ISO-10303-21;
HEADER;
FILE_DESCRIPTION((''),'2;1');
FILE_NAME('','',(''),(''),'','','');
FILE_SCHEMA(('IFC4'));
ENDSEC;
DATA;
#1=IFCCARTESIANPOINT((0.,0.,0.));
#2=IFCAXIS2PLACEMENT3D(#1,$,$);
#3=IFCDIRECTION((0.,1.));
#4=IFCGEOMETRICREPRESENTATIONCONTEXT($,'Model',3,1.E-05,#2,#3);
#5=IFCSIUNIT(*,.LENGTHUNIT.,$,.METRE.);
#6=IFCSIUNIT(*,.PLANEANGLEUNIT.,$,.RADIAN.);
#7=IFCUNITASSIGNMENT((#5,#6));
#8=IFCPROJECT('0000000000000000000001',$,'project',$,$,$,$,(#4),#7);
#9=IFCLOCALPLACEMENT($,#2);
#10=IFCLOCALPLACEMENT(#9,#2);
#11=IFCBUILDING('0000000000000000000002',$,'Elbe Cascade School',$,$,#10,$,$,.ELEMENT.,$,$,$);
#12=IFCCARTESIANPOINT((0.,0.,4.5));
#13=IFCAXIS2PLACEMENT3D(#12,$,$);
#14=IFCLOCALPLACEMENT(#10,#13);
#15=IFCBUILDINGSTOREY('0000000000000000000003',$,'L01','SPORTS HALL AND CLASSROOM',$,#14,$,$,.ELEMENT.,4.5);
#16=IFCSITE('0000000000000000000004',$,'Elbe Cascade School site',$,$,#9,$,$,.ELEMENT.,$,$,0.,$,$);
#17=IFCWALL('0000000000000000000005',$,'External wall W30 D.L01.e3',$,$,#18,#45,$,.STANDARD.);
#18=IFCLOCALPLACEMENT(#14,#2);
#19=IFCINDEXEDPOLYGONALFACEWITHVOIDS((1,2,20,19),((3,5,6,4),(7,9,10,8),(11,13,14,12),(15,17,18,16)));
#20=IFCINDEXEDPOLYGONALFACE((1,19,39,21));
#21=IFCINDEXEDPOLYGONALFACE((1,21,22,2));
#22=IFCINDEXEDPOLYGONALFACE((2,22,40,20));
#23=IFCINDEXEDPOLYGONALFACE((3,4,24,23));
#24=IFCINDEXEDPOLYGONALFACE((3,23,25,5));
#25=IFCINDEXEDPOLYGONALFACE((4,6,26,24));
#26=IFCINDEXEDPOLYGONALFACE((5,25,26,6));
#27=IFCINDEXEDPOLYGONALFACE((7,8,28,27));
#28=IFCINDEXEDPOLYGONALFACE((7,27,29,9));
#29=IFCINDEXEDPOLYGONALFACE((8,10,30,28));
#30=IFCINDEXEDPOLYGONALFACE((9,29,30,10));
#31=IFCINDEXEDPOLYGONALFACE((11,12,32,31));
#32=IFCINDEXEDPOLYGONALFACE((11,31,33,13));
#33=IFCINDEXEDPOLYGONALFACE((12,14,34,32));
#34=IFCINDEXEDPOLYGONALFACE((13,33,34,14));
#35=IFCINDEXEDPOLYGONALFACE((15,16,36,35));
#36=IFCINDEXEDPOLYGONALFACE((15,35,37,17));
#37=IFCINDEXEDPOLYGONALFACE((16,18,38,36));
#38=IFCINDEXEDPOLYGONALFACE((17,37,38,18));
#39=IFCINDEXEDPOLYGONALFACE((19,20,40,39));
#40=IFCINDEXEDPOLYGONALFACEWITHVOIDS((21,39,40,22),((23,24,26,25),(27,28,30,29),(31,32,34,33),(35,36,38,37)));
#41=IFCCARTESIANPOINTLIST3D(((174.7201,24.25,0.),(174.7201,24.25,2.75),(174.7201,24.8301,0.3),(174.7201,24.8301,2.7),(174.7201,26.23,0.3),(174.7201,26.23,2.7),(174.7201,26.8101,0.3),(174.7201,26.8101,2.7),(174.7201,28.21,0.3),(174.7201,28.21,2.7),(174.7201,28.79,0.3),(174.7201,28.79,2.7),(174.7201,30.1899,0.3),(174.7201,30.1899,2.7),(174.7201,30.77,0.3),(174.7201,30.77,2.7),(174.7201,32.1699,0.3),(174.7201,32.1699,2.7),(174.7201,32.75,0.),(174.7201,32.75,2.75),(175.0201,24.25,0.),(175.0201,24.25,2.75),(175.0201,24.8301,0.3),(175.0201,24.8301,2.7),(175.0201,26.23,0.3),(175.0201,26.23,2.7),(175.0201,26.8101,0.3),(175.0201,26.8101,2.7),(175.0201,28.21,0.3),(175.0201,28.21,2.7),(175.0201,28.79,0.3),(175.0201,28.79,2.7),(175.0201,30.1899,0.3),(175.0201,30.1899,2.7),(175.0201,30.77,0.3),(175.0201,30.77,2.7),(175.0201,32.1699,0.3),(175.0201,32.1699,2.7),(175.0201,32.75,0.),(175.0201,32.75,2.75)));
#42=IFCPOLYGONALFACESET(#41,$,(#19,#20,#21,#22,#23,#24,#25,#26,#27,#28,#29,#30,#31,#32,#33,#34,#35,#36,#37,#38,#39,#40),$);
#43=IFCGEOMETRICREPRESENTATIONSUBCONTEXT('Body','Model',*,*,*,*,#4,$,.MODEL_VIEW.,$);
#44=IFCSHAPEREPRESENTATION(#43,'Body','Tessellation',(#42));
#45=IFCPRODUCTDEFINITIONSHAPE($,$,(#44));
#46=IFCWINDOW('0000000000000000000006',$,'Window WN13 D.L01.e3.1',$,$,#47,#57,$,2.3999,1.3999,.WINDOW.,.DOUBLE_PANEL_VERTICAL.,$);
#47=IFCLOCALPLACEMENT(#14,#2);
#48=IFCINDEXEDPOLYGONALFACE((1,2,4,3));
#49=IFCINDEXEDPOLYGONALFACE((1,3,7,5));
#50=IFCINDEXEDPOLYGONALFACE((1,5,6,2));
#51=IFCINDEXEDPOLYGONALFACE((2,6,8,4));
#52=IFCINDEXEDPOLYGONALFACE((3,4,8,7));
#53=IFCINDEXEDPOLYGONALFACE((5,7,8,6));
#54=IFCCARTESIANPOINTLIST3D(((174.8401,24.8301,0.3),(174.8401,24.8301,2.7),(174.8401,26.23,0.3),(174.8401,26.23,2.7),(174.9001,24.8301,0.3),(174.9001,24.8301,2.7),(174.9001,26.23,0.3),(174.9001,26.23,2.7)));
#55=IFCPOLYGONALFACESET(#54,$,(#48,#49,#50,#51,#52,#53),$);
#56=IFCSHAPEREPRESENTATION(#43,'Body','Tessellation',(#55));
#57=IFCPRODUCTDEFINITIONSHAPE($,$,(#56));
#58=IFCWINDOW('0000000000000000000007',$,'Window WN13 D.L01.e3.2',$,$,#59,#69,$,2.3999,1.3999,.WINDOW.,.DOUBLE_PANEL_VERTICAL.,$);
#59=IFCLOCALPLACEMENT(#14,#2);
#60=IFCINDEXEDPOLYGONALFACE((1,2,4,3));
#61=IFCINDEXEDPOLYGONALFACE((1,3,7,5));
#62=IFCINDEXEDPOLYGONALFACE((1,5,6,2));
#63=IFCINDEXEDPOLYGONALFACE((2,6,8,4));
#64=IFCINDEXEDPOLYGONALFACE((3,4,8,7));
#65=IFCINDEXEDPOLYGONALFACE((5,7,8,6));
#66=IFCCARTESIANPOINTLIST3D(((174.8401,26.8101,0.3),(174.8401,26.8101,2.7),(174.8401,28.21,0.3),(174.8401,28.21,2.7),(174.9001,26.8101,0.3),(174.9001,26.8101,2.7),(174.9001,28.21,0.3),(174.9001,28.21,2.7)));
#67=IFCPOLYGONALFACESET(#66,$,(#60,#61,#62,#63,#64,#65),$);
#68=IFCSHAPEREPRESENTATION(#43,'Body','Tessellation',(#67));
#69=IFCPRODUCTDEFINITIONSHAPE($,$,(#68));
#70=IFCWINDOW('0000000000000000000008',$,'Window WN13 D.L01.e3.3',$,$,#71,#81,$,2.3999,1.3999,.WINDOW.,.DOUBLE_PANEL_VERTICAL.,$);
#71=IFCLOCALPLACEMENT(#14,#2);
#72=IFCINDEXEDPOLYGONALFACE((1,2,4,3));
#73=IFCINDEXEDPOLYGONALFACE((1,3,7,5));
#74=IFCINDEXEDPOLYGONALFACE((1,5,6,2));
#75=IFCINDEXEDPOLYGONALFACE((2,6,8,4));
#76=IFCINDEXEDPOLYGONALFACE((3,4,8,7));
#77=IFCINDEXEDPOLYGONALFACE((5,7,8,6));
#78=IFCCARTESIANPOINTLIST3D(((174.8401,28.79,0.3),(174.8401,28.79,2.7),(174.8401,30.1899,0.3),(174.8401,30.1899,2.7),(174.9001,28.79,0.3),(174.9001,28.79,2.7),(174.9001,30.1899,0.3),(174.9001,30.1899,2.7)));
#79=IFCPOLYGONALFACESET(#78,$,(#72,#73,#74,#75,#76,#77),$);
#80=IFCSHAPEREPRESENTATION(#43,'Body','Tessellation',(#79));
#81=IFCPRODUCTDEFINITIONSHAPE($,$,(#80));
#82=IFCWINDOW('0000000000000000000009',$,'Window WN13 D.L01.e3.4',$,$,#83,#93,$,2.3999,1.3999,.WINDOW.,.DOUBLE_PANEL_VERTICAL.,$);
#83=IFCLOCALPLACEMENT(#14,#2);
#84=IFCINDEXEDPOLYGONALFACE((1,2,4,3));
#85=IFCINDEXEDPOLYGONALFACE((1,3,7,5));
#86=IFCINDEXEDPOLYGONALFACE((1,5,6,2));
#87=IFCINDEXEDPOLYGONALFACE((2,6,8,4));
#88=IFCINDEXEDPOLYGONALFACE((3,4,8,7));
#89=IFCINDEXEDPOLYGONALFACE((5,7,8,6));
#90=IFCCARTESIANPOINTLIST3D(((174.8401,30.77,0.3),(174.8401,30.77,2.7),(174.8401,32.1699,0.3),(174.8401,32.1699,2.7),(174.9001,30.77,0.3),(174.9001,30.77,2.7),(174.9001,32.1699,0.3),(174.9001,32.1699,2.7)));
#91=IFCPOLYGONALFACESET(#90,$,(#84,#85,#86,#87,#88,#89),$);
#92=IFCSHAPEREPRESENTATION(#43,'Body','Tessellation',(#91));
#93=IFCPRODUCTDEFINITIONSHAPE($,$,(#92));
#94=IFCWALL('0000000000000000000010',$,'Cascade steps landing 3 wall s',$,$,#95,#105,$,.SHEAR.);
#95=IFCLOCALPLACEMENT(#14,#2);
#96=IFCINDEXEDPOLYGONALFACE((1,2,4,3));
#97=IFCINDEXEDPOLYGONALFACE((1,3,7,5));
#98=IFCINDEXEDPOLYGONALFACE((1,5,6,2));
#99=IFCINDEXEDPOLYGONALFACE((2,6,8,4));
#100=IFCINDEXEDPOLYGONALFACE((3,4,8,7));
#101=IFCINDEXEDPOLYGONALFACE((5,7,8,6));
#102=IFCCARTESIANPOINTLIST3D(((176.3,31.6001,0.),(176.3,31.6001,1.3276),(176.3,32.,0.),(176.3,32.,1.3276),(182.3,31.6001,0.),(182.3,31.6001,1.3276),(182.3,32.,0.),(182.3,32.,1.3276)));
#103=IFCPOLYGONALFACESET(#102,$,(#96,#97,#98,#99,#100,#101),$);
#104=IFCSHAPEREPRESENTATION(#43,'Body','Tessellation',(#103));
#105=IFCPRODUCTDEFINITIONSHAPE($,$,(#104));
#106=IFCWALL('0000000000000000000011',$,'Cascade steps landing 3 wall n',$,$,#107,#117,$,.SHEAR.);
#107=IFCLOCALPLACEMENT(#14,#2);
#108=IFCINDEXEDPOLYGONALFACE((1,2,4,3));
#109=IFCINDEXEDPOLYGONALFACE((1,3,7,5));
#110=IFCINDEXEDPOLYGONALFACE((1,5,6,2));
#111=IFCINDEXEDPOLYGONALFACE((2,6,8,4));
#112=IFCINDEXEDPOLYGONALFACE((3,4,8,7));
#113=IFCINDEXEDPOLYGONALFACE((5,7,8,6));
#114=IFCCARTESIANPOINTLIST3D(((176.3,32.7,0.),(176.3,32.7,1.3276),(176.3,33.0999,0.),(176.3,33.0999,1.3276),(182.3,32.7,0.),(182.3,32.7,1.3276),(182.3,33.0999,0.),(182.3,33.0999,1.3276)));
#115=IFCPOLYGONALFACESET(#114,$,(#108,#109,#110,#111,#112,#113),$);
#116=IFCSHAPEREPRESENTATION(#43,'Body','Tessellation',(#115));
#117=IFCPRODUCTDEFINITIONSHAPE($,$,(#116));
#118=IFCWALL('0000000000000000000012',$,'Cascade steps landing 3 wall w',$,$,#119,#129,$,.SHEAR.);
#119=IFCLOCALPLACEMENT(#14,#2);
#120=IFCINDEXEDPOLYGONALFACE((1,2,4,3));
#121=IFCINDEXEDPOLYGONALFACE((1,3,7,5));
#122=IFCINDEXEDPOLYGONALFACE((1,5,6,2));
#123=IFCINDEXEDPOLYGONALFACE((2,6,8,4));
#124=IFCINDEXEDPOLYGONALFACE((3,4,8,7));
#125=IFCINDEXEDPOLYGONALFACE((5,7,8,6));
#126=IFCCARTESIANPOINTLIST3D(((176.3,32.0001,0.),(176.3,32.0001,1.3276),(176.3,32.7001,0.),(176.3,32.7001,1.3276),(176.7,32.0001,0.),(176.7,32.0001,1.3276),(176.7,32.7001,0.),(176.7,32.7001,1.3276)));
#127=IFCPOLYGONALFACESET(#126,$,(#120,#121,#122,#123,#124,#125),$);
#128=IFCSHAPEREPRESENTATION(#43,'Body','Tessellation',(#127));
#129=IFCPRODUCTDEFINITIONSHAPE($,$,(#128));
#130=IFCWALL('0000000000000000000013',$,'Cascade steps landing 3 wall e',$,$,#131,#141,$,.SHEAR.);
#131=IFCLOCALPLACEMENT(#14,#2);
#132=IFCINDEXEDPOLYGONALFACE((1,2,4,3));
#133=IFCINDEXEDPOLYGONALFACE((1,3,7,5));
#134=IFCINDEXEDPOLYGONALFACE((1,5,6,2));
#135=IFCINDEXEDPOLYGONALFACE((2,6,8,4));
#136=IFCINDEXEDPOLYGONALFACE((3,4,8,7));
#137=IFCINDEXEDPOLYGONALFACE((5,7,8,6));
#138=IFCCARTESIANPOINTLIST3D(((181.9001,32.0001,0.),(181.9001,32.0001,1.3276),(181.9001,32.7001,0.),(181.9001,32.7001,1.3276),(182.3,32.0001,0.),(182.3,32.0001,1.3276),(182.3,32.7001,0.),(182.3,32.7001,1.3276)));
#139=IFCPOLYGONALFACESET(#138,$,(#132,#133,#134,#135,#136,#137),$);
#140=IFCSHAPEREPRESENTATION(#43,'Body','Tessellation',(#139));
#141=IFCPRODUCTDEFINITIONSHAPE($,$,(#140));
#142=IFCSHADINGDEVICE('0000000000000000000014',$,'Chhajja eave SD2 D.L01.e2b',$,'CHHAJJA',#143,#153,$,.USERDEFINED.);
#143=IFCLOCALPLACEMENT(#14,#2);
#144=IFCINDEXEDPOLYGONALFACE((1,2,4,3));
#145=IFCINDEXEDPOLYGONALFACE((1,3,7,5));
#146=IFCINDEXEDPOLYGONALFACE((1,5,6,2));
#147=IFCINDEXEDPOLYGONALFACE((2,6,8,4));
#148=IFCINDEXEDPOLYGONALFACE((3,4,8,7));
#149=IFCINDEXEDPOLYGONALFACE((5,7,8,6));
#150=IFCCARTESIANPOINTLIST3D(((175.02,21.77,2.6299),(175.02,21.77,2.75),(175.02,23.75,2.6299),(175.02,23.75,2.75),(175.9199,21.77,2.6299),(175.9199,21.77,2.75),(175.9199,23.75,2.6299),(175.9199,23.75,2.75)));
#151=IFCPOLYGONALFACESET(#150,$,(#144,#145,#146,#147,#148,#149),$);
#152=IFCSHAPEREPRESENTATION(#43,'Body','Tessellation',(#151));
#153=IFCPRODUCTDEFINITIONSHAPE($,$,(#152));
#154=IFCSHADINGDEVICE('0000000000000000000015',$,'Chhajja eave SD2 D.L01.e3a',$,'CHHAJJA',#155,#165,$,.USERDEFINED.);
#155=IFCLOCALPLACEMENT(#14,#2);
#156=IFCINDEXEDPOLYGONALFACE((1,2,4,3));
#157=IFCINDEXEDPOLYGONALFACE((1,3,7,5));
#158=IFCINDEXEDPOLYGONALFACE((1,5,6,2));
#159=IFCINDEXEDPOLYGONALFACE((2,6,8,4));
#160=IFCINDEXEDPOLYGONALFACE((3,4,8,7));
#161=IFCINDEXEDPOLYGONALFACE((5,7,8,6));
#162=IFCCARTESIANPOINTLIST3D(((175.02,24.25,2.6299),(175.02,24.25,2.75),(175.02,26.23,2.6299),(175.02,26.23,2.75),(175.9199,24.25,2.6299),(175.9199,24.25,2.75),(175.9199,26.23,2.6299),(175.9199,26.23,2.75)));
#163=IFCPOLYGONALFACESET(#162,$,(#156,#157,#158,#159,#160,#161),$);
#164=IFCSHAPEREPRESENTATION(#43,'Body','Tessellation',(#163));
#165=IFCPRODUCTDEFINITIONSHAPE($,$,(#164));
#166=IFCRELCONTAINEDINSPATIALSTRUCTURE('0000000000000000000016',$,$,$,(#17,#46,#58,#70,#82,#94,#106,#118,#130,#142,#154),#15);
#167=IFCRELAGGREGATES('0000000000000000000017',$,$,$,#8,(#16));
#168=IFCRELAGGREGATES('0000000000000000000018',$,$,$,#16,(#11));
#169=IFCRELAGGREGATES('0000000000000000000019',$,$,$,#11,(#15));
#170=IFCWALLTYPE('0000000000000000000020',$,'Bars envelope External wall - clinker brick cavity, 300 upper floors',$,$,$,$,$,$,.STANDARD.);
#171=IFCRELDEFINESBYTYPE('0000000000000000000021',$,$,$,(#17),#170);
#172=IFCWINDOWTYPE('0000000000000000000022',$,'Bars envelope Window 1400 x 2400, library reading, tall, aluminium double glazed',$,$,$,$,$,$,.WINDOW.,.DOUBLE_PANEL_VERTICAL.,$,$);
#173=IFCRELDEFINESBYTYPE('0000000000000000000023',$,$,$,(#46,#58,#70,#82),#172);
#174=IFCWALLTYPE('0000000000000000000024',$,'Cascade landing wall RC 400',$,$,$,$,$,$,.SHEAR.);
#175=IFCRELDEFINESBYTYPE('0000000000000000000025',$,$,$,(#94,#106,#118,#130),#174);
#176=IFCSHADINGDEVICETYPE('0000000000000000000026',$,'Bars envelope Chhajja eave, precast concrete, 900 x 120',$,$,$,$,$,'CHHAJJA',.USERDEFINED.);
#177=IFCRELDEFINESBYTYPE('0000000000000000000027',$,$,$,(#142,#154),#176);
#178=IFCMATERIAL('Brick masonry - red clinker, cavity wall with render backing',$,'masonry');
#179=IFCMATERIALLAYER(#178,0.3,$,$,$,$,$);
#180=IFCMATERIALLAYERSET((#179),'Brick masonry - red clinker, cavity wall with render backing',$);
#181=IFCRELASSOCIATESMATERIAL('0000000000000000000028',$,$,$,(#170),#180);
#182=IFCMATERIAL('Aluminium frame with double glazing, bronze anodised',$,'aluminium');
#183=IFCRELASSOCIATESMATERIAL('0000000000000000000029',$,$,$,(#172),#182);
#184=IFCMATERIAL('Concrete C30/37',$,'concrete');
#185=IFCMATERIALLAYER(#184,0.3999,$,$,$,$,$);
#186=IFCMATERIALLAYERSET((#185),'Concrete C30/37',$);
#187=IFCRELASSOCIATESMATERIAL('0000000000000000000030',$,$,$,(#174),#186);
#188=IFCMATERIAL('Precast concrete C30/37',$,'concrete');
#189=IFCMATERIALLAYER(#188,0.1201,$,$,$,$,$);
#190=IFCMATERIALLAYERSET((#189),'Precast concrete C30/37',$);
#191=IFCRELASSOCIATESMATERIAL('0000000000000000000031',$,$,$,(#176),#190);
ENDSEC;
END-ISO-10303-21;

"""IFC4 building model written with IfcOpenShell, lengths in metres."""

from ifc_helpers import new_model, si_unit, direction, frame, frame_2d, origin, origin_2d, place, context, subcontext, project, spatial, rectangle, extrude, material, layer, layer_set, type_object, element, fill, save


model = new_model("IFC4")

# Units and contexts
model_context = context("Model", 3, precision=1e-05, world=origin(), true_north=direction((0.0, 1.0)))
body_context = subcontext(model_context, "Body", "Model", "MODEL_VIEW")
ifc_project = project(units=[si_unit("LENGTHUNIT", "METRE"), si_unit("PLANEANGLEUNIT", "RADIAN")], contexts=[model_context])

# Site, building, storey
site_placement = place(None, origin())
site = spatial("IfcSite", under=ifc_project, at=site_placement, Name="Elbe Cascade School site", CompositionType="ELEMENT", RefElevation=0.0)
building_placement = place(site_placement, origin())
building = spatial("IfcBuilding", under=site, at=building_placement, Name="Elbe Cascade School", CompositionType="ELEMENT")
storey_placement = place(building_placement, frame((0.0, 0.0, 4.5)))
storey = spatial("IfcBuildingStorey", under=building, at=storey_placement, Name="L01", Description="SPORTS HALL AND CLASSROOM", CompositionType="ELEMENT", Elevation=4.5)

# Wall, openings, windows
ifc_material_1 = material(Name="Brick masonry - red clinker, cavity wall with render backing", Category="masonry")
ifc_layer_1 = layer(ifc_material_1, 0.3)
ifc_layer_set_1 = layer_set([ifc_layer_1], Name="Brick masonry - red clinker, cavity wall with render backing")
wall_type_1 = type_object("IfcWallType", Name="Bars envelope External wall - clinker brick cavity, 300 upper floors", PredefinedType="STANDARD", material=ifc_layer_set_1)
wall_1_placement = place(storey_placement, frame((174.8701, 32.75, 0.0), z_axis=(0.0, 0.0, 1.0), x_axis=(0.0, -1.0, 0.0)))
wall_1 = element("IfcWall", 1, at=wall_1_placement, inside=storey, type_object=wall_type_1, Name="External wall W30 D.L01.e3", PredefinedType="STANDARD", context=body_context, shape_type="SweptSolid", body=[
    extrude(rectangle(XDim=8.5, YDim=0.3, at=frame_2d((4.25, 0.0))), origin(), (0.0, 0.0, 1.0), 2.75),
])
opening_1_placement = place(wall_1_placement, frame((6.52, 0.0, 0.3)))
opening_1 = element("IfcOpeningElement", 2, at=opening_1_placement, cuts=wall_1, PredefinedType="OPENING", context=body_context, shape_type="SweptSolid", body=[
    extrude(rectangle(XDim=1.3999, YDim=2.3999, at=frame_2d((0.7, 1.2))), frame((0.0, 0.1599, 0.0), z_axis=(0.0, -1.0, 0.0), x_axis=(1.0, 0.0, 0.0)), (0.0, 0.0, 1.0), 0.3201),
])
opening_2_placement = place(wall_1_placement, frame((4.54, 0.0, 0.3)))
opening_2 = element("IfcOpeningElement", 3, at=opening_2_placement, cuts=wall_1, PredefinedType="OPENING", context=body_context, shape_type="SweptSolid", body=[
    extrude(rectangle(XDim=1.3999, YDim=2.3999, at=frame_2d((0.7, 1.2))), frame((0.0, 0.1599, 0.0), z_axis=(0.0, -1.0, 0.0), x_axis=(1.0, 0.0, 0.0)), (0.0, 0.0, 1.0), 0.3201),
])
opening_3_placement = place(wall_1_placement, frame((2.5601, 0.0, 0.3)))
opening_3 = element("IfcOpeningElement", 4, at=opening_3_placement, cuts=wall_1, PredefinedType="OPENING", context=body_context, shape_type="SweptSolid", body=[
    extrude(rectangle(XDim=1.3999, YDim=2.3999, at=frame_2d((0.7, 1.2))), frame((0.0, 0.1599, 0.0), z_axis=(0.0, -1.0, 0.0), x_axis=(1.0, 0.0, 0.0)), (0.0, 0.0, 1.0), 0.3201),
])
opening_4_placement = place(wall_1_placement, frame((0.5801, 0.0, 0.3)))
opening_4 = element("IfcOpeningElement", 5, at=opening_4_placement, cuts=wall_1, PredefinedType="OPENING", context=body_context, shape_type="SweptSolid", body=[
    extrude(rectangle(XDim=1.3999, YDim=2.3999, at=frame_2d((0.7, 1.2))), frame((0.0, 0.1599, 0.0), z_axis=(0.0, -1.0, 0.0), x_axis=(1.0, 0.0, 0.0)), (0.0, 0.0, 1.0), 0.3201),
])
ifc_material_2 = material(Name="Aluminium frame with double glazing, bronze anodised", Category="aluminium")
window_type_1 = type_object("IfcWindowType", Name="Bars envelope Window 1400 x 2400, library reading, tall, aluminium double glazed", PartitioningType="DOUBLE_PANEL_VERTICAL", PredefinedType="WINDOW", material=ifc_material_2)
window_1_placement = place(opening_1_placement, origin())
window_1 = element("IfcWindow", 6, at=window_1_placement, inside=storey, type_object=window_type_1, Name="Window WN13 D.L01.e3.1", OverallHeight=2.3999, OverallWidth=1.3999, PartitioningType="DOUBLE_PANEL_VERTICAL", PredefinedType="WINDOW", context=body_context, shape_type="SweptSolid", body=[
    extrude(rectangle(XDim=1.3999, YDim=2.3999, at=frame_2d((0.7, 1.2))), frame((0.0, 0.03, 0.0), z_axis=(0.0, -1.0, 0.0), x_axis=(1.0, 0.0, 0.0)), (0.0, 0.0, 1.0), 0.0601),
])
fill(opening_1, window_1)
window_2_placement = place(opening_2_placement, origin())
window_2 = element("IfcWindow", 7, at=window_2_placement, inside=storey, type_object=window_type_1, Name="Window WN13 D.L01.e3.2", OverallHeight=2.3999, OverallWidth=1.3999, PartitioningType="DOUBLE_PANEL_VERTICAL", PredefinedType="WINDOW", context=body_context, shape_type="SweptSolid", body=[
    extrude(rectangle(XDim=1.3999, YDim=2.3999, at=frame_2d((0.7, 1.2))), frame((0.0, 0.03, 0.0), z_axis=(0.0, -1.0, 0.0), x_axis=(1.0, 0.0, 0.0)), (0.0, 0.0, 1.0), 0.0601),
])
fill(opening_2, window_2)
window_3_placement = place(opening_3_placement, origin())
window_3 = element("IfcWindow", 8, at=window_3_placement, inside=storey, type_object=window_type_1, Name="Window WN13 D.L01.e3.3", OverallHeight=2.3999, OverallWidth=1.3999, PartitioningType="DOUBLE_PANEL_VERTICAL", PredefinedType="WINDOW", context=body_context, shape_type="SweptSolid", body=[
    extrude(rectangle(XDim=1.3999, YDim=2.3999, at=frame_2d((0.7, 1.2))), frame((0.0, 0.03, 0.0), z_axis=(0.0, -1.0, 0.0), x_axis=(1.0, 0.0, 0.0)), (0.0, 0.0, 1.0), 0.0601),
])
fill(opening_3, window_3)
window_4_placement = place(opening_4_placement, origin())
window_4 = element("IfcWindow", 9, at=window_4_placement, inside=storey, type_object=window_type_1, Name="Window WN13 D.L01.e3.4", OverallHeight=2.3999, OverallWidth=1.3999, PartitioningType="DOUBLE_PANEL_VERTICAL", PredefinedType="WINDOW", context=body_context, shape_type="SweptSolid", body=[
    extrude(rectangle(XDim=1.3999, YDim=2.3999, at=frame_2d((0.7, 1.2))), frame((0.0, 0.03, 0.0), z_axis=(0.0, -1.0, 0.0), x_axis=(1.0, 0.0, 0.0)), (0.0, 0.0, 1.0), 0.0601),
])
fill(opening_4, window_4)

# Walls
ifc_material_3 = material(Name="Concrete C30/37", Category="concrete")
ifc_layer_2 = layer(ifc_material_3, 0.3999)
ifc_layer_set_2 = layer_set([ifc_layer_2], Name="Concrete C30/37")
wall_type_2 = type_object("IfcWallType", Name="Cascade landing wall RC 400", PredefinedType="SHEAR", material=ifc_layer_set_2)
for number, where, z_axis, x_axis, name in (
    (10, (176.3, 31.8, 0.0), (0.0, 0.0, 1.0), (1.0, 0.0, 0.0), "Cascade steps landing 3 wall s"),
    (11, (176.3, 32.8999, 0.0), (0.0, 0.0, 1.0), (1.0, 0.0, 0.0), "Cascade steps landing 3 wall n"),
):
    element("IfcWall", number, at=place(storey_placement, frame(where, z_axis=z_axis, x_axis=x_axis)), inside=storey, type_object=wall_type_2, Name=name, PredefinedType="SHEAR", context=body_context, shape_type="SweptSolid", body=[
        extrude(rectangle(XDim=6.0, YDim=0.3999, at=frame_2d((3.0, 0.0))), origin(), (0.0, 0.0, 1.0), 1.3276),
    ])
for number, where, z_axis, x_axis, name in (
    (12, (176.5, 32.0, 0.0), (0.0, 0.0, 1.0), (0.0, 1.0, 0.0), "Cascade steps landing 3 wall w"),
    (13, (182.1001, 32.0, 0.0), (0.0, 0.0, 1.0), (0.0, 1.0, 0.0), "Cascade steps landing 3 wall e"),
):
    element("IfcWall", number, at=place(storey_placement, frame(where, z_axis=z_axis, x_axis=x_axis)), inside=storey, type_object=wall_type_2, Name=name, PredefinedType="SHEAR", context=body_context, shape_type="SweptSolid", body=[
        extrude(rectangle(XDim=0.7, YDim=0.3999, at=frame_2d((0.3501, 0.0))), origin(), (0.0, 0.0, 1.0), 1.3276),
    ])

# Shading devices
ifc_material_4 = material(Name="Precast concrete C30/37", Category="concrete")
ifc_layer_3 = layer(ifc_material_4, 0.1201)
ifc_layer_set_3 = layer_set([ifc_layer_3], Name="Precast concrete C30/37")
shading_device_type = type_object("IfcShadingDeviceType", Name="Bars envelope Chhajja eave, precast concrete, 900 x 120", ElementType="CHHAJJA", PredefinedType="USERDEFINED", material=ifc_layer_set_3)
for number, where, z_axis, x_axis, name in (
    (14, (175.47, 22.76, 2.6299), (0.0, 0.0, 1.0), (0.0, 1.0, 0.0), "Chhajja eave SD2 D.L01.e2b"),
    (15, (175.47, 25.24, 2.6299), (0.0, 0.0, 1.0), (0.0, 1.0, 0.0), "Chhajja eave SD2 D.L01.e3a"),
):
    element("IfcShadingDevice", number, at=place(storey_placement, frame(where, z_axis=z_axis, x_axis=x_axis)), inside=storey, type_object=shading_device_type, Name=name, ObjectType="CHHAJJA", PredefinedType="USERDEFINED", context=body_context, shape_type="SweptSolid", body=[
        extrude(rectangle(XDim=1.98, YDim=0.8999, at=origin_2d()), origin(), (0.0, 0.0, 1.0), 0.1201),
    ])

save(model, "model.ifc")
